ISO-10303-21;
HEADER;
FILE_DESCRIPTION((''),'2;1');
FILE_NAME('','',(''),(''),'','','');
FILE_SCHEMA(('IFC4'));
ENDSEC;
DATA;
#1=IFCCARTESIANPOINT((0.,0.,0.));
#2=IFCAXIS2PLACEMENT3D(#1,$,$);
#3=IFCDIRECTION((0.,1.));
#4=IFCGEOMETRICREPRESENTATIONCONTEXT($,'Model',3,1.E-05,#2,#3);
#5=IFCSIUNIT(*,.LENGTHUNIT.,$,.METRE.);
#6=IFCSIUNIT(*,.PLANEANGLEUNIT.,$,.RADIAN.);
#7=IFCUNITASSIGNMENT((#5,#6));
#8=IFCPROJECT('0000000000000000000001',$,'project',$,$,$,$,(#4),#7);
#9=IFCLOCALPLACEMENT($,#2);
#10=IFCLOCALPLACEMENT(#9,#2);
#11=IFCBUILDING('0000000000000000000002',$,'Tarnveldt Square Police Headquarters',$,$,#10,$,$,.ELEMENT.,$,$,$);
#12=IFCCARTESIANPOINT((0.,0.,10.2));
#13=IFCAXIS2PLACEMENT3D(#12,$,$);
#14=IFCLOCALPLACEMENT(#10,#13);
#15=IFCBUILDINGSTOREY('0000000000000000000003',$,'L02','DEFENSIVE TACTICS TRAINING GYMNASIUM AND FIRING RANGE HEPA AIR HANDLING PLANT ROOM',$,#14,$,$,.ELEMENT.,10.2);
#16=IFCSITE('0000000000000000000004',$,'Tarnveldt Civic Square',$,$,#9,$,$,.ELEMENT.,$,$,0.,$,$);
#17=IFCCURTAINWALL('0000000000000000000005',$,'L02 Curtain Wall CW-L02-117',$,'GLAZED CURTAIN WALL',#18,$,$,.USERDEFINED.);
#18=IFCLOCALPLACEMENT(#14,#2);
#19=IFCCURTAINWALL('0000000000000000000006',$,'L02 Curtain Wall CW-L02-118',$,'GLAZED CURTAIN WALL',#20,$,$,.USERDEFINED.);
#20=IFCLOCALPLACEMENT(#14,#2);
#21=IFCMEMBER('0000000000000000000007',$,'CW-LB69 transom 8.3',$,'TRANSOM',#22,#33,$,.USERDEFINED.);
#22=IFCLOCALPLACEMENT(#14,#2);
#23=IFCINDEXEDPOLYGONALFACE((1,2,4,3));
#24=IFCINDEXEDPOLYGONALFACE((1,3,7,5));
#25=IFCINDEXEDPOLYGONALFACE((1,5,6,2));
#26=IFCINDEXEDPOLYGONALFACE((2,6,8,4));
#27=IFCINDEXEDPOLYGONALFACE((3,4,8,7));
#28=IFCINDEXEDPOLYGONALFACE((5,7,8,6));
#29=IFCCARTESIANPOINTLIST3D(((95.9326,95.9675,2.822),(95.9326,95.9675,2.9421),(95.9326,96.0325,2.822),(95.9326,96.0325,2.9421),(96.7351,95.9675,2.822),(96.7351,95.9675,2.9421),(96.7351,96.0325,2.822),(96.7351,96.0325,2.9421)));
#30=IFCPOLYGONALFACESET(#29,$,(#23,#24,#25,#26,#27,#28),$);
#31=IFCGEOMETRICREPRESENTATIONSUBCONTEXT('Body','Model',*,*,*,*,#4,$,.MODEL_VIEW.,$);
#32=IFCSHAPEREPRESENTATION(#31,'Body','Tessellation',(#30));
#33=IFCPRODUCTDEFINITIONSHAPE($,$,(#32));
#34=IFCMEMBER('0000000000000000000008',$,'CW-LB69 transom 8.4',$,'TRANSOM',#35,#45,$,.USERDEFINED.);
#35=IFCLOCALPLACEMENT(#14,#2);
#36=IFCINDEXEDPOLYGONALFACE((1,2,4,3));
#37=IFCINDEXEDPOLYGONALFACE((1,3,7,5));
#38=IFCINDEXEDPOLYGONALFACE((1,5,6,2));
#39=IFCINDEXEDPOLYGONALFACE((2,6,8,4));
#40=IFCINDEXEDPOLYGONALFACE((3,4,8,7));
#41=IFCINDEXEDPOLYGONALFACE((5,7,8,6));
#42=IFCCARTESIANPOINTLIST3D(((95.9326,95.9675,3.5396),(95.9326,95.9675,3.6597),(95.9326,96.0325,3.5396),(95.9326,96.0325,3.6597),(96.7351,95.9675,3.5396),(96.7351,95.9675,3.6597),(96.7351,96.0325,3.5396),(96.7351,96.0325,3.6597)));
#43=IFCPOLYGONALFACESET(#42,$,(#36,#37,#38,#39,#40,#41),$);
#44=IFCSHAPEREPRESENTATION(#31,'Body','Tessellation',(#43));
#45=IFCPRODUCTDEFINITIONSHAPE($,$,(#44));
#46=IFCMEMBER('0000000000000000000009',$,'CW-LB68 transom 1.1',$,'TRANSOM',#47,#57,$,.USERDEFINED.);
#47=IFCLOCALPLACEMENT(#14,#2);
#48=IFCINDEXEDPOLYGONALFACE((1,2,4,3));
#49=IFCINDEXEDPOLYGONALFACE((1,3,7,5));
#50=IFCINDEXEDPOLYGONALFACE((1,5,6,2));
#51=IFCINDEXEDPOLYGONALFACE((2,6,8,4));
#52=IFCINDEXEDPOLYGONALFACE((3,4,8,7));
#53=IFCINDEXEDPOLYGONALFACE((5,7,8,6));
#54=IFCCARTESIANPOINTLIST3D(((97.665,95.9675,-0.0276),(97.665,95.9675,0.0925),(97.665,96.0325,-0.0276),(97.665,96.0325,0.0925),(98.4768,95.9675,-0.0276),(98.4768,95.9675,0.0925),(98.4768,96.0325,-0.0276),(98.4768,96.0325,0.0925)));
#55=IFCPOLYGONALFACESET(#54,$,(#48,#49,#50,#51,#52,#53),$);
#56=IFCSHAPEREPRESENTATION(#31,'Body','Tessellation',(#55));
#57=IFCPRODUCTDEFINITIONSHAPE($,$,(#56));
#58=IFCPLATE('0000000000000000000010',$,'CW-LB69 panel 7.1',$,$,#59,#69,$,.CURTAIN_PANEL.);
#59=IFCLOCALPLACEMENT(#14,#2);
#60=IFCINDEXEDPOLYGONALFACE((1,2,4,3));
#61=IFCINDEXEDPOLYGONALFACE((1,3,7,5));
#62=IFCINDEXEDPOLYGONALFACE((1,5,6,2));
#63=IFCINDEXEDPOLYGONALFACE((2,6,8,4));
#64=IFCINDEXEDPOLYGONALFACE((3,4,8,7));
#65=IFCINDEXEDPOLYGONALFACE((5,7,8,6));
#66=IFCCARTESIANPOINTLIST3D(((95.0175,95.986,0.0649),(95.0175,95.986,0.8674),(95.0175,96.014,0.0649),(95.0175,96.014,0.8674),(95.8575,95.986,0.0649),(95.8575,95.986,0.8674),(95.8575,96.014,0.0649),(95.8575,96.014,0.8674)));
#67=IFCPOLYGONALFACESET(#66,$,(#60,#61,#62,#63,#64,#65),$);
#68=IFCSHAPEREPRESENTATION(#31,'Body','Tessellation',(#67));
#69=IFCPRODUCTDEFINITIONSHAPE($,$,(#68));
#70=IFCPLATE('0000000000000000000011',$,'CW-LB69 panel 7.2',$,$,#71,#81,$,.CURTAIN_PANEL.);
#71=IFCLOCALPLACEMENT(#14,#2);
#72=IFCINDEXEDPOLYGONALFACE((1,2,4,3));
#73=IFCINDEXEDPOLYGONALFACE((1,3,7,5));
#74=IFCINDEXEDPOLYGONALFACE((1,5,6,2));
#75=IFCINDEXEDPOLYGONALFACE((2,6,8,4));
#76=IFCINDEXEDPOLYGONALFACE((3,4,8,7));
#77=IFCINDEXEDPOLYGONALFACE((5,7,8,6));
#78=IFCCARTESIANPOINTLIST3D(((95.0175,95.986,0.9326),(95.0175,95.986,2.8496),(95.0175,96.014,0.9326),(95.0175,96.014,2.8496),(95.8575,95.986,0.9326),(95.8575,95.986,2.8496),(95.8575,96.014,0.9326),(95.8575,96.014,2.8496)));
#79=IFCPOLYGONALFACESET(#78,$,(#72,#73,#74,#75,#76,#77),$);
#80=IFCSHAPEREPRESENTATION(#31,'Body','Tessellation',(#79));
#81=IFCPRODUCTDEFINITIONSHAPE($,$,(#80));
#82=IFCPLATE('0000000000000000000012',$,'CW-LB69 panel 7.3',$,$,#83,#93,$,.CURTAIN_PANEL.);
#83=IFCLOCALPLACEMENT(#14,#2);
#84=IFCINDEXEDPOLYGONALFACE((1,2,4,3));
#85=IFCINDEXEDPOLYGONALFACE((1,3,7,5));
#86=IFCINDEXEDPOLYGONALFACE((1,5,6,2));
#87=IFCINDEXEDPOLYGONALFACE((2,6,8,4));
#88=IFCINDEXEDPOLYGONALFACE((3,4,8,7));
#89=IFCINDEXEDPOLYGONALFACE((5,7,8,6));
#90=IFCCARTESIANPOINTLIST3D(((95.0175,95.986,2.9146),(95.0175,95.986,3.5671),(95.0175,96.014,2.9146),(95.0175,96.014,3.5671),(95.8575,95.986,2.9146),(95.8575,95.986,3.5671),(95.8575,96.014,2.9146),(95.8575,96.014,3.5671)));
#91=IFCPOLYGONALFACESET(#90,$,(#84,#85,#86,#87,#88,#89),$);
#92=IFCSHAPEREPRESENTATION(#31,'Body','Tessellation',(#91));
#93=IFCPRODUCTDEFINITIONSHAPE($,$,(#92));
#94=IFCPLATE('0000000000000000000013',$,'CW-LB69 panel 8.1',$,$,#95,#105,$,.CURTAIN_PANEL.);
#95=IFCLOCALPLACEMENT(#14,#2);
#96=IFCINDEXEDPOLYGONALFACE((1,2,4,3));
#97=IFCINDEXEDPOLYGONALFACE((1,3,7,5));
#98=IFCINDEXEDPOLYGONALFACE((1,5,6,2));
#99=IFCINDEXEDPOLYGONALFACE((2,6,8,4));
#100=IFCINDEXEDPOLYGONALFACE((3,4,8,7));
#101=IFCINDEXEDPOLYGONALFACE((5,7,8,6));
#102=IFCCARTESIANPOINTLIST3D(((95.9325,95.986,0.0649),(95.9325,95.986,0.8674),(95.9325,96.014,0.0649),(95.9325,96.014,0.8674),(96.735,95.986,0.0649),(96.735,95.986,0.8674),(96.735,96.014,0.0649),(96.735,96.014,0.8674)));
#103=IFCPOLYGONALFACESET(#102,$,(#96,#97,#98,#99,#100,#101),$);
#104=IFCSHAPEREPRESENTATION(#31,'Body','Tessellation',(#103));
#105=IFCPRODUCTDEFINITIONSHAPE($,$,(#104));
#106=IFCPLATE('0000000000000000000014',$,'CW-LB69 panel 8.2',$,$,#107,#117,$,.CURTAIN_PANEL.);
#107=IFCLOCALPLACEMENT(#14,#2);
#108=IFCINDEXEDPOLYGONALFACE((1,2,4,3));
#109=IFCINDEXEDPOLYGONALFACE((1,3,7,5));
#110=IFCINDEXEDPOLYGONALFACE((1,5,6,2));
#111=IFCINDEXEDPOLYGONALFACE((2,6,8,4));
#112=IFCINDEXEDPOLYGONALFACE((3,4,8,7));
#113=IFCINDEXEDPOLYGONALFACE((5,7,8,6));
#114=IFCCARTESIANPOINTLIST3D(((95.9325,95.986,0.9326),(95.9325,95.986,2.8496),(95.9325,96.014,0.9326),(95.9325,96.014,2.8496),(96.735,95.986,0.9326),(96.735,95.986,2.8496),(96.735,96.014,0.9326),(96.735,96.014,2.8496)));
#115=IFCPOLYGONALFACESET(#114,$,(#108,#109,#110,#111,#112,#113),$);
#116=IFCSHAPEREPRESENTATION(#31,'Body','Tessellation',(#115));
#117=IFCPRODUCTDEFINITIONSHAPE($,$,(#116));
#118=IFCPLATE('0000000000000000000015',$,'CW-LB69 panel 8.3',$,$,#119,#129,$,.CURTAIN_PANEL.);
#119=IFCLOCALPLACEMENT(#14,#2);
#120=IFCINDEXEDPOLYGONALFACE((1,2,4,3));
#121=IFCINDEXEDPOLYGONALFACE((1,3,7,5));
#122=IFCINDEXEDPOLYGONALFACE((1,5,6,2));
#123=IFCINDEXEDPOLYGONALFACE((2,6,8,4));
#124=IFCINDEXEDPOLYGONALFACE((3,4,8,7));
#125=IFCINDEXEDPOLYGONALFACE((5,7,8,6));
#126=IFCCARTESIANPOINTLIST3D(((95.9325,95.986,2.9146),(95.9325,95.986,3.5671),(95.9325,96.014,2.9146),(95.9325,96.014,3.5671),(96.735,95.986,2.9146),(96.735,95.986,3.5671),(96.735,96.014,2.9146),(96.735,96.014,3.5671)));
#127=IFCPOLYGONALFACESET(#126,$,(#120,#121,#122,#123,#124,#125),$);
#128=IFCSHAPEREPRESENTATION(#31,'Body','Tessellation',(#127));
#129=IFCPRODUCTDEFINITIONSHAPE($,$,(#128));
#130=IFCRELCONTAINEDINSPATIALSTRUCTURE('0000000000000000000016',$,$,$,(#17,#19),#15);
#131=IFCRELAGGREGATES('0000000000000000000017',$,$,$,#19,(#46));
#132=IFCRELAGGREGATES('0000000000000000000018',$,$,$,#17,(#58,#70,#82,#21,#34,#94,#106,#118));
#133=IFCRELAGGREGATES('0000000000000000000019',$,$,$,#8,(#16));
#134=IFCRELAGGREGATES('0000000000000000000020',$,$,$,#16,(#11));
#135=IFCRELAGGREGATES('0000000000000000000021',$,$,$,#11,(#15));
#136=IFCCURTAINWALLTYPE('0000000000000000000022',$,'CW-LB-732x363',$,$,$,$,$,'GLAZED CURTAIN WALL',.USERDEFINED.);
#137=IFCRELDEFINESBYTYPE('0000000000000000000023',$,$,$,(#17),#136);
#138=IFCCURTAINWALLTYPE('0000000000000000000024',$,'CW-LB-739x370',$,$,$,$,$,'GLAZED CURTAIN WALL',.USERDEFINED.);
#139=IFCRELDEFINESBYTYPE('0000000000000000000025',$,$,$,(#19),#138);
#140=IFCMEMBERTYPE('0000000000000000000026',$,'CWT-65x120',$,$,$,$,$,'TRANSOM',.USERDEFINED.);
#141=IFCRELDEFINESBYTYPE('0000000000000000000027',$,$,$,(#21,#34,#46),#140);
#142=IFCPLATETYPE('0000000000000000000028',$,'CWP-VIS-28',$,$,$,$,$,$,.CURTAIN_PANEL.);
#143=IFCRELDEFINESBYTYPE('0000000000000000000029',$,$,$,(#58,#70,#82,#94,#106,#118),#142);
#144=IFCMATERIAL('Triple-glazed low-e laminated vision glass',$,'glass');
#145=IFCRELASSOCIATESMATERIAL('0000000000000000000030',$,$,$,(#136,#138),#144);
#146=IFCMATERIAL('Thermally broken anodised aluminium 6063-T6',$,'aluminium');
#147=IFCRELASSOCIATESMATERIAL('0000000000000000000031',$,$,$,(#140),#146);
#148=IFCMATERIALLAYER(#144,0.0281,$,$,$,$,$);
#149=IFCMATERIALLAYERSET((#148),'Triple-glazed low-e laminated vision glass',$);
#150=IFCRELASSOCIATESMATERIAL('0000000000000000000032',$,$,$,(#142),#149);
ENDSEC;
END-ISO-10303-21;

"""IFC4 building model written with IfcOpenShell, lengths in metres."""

from ifc_helpers import new_model, si_unit, direction, frame, origin, origin_2d, place, context, subcontext, project, spatial, rectangle, extrude, material, layer, layer_set, material_profile, profile_set, type_object, element, aggregate, save


model = new_model("IFC4")

# Units and contexts
model_context = context("Model", 3, precision=1e-05, world=origin(), true_north=direction((0.0, 1.0)))
body_context = subcontext(model_context, "Body", "Model", "MODEL_VIEW")
ifc_project = project(units=[si_unit("LENGTHUNIT", "METRE"), si_unit("PLANEANGLEUNIT", "RADIAN")], contexts=[model_context])

# Site, building, storey
site_placement = place(None, origin())
site = spatial("IfcSite", under=ifc_project, at=site_placement, Name="Tarnveldt Civic Square", CompositionType="ELEMENT", RefElevation=0.0)
building_placement = place(site_placement, origin())
building = spatial("IfcBuilding", under=site, at=building_placement, Name="Tarnveldt Square Police Headquarters", CompositionType="ELEMENT")
storey_placement = place(building_placement, frame((0.0, 0.0, 10.2)))
storey = spatial("IfcBuildingStorey", under=building, at=storey_placement, Name="L02", Description="DEFENSIVE TACTICS TRAINING GYMNASIUM AND FIRING RANGE HEPA AIR HANDLING PLANT ROOM", CompositionType="ELEMENT", Elevation=10.2)

# Curtain wall
ifc_material_1 = material(Name="Triple-glazed low-e laminated vision glass", Category="glass")
curtain_wall_type_1 = type_object("IfcCurtainWallType", Name="CW-LB-732x363", ElementType="GLAZED CURTAIN WALL", PredefinedType="USERDEFINED", material=ifc_material_1)
curtain_wall_1_placement = place(storey_placement, origin())
curtain_wall_1 = element("IfcCurtainWall", 1, at=curtain_wall_1_placement, inside=storey, type_object=curtain_wall_type_1, Name="L02 Curtain Wall CW-L02-117", ObjectType="GLAZED CURTAIN WALL", PredefinedType="USERDEFINED")
ifc_material_2 = material(Name="Thermally broken anodised aluminium 6063-T6", Category="aluminium")

# Curtain wall
curtain_wall_type_2 = type_object("IfcCurtainWallType", Name="CW-LB-739x370", ElementType="GLAZED CURTAIN WALL", PredefinedType="USERDEFINED", material=ifc_material_1)
curtain_wall_2_placement = place(storey_placement, origin())
curtain_wall_2 = element("IfcCurtainWall", 2, at=curtain_wall_2_placement, inside=storey, type_object=curtain_wall_type_2, Name="L02 Curtain Wall CW-L02-118", ObjectType="GLAZED CURTAIN WALL", PredefinedType="USERDEFINED")

# Members
ifc_material_profile_1 = material_profile(ifc_material_2, rectangle(XDim=0.0649, YDim=0.1201, at=origin_2d()), Name="CW-T65x120")
ifc_profile_set_1 = profile_set([ifc_material_profile_1], Name="Thermally broken anodised aluminium 6063-T6")
member_type_1 = type_object("IfcMemberType", Name="CWT-65x120", ElementType="TRANSOM", PredefinedType="USERDEFINED", material=ifc_profile_set_1)
member_1_placement = place(storey_placement, frame((95.9326, 96.0, 2.8821), z_axis=(1.0, 0.0, 0.0), x_axis=(0.0, 1.0, 0.0)))
member_1 = element("IfcMember", 3, at=member_1_placement, type_object=member_type_1, Name="CW-LB69 transom 8.3", ObjectType="TRANSOM", PredefinedType="USERDEFINED", context=body_context, shape_type="SweptSolid", body=[
    extrude(rectangle(XDim=0.0649, YDim=0.1201, at=origin_2d()), origin(), (0.0, 0.0, 1.0), 0.8025),
])
member_2_placement = place(storey_placement, frame((95.9326, 96.0, 3.5996), z_axis=(1.0, 0.0, 0.0), x_axis=(0.0, 1.0, 0.0)))
member_2 = element("IfcMember", 4, at=member_2_placement, type_object=member_type_1, Name="CW-LB69 transom 8.4", ObjectType="TRANSOM", PredefinedType="USERDEFINED", context=body_context, shape_type="SweptSolid", body=[
    extrude(rectangle(XDim=0.0649, YDim=0.1201, at=origin_2d()), origin(), (0.0, 0.0, 1.0), 0.8025),
])
member_3_placement = place(storey_placement, frame((97.665, 96.0, 0.0325), z_axis=(1.0, 0.0, 0.0), x_axis=(0.0, 1.0, 0.0)))
member_3 = element("IfcMember", 5, at=member_3_placement, type_object=member_type_1, Name="CW-LB68 transom 1.1", ObjectType="TRANSOM", PredefinedType="USERDEFINED", context=body_context, shape_type="SweptSolid", body=[
    extrude(rectangle(XDim=0.0649, YDim=0.1201, at=origin_2d()), origin(), (0.0, 0.0, 1.0), 0.8118),
])
aggregate(curtain_wall_2, [member_3])

# Plates
ifc_layer = layer(ifc_material_1, 0.0281)
ifc_layer_set = layer_set([ifc_layer], Name="Triple-glazed low-e laminated vision glass")
plate_type = type_object("IfcPlateType", Name="CWP-VIS-28", PredefinedType="CURTAIN_PANEL", material=ifc_layer_set)
plate_1_placement = place(storey_placement, frame((95.4375, 96.0, 0.0649), z_axis=(0.0, 0.0, 1.0), x_axis=(1.0, 0.0, 0.0)))
plate_1 = element("IfcPlate", 6, at=plate_1_placement, type_object=plate_type, Name="CW-LB69 panel 7.1", PredefinedType="CURTAIN_PANEL", context=body_context, shape_type="SweptSolid", body=[
    extrude(rectangle(XDim=0.8401, YDim=0.0281, at=origin_2d()), origin(), (0.0, 0.0, 1.0), 0.8025),
])
plate_2_placement = place(storey_placement, frame((95.4375, 96.0, 0.9326), z_axis=(0.0, 0.0, 1.0), x_axis=(1.0, 0.0, 0.0)))
plate_2 = element("IfcPlate", 7, at=plate_2_placement, type_object=plate_type, Name="CW-LB69 panel 7.2", PredefinedType="CURTAIN_PANEL", context=body_context, shape_type="SweptSolid", body=[
    extrude(rectangle(XDim=0.8401, YDim=0.0281, at=origin_2d()), origin(), (0.0, 0.0, 1.0), 1.917),
])
plate_3_placement = place(storey_placement, frame((95.4375, 96.0, 2.9146), z_axis=(0.0, 0.0, 1.0), x_axis=(1.0, 0.0, 0.0)))
plate_3 = element("IfcPlate", 8, at=plate_3_placement, type_object=plate_type, Name="CW-LB69 panel 7.3", PredefinedType="CURTAIN_PANEL", context=body_context, shape_type="SweptSolid", body=[
    extrude(rectangle(XDim=0.8401, YDim=0.0281, at=origin_2d()), origin(), (0.0, 0.0, 1.0), 0.6526),
])
plate_4_placement = place(storey_placement, frame((96.3337, 96.0, 0.0649), z_axis=(0.0, 0.0, 1.0), x_axis=(1.0, 0.0, 0.0)))
plate_4 = element("IfcPlate", 9, at=plate_4_placement, type_object=plate_type, Name="CW-LB69 panel 8.1", PredefinedType="CURTAIN_PANEL", context=body_context, shape_type="SweptSolid", body=[
    extrude(rectangle(XDim=0.8025, YDim=0.0281, at=origin_2d()), origin(), (0.0, 0.0, 1.0), 0.8025),
])
plate_5_placement = place(storey_placement, frame((96.3337, 96.0, 0.9326), z_axis=(0.0, 0.0, 1.0), x_axis=(1.0, 0.0, 0.0)))
plate_5 = element("IfcPlate", 10, at=plate_5_placement, type_object=plate_type, Name="CW-LB69 panel 8.2", PredefinedType="CURTAIN_PANEL", context=body_context, shape_type="SweptSolid", body=[
    extrude(rectangle(XDim=0.8025, YDim=0.0281, at=origin_2d()), origin(), (0.0, 0.0, 1.0), 1.917),
])
plate_6_placement = place(storey_placement, frame((96.3337, 96.0, 2.9146), z_axis=(0.0, 0.0, 1.0), x_axis=(1.0, 0.0, 0.0)))
plate_6 = element("IfcPlate", 11, at=plate_6_placement, type_object=plate_type, Name="CW-LB69 panel 8.3", PredefinedType="CURTAIN_PANEL", context=body_context, shape_type="SweptSolid", body=[
    extrude(rectangle(XDim=0.8025, YDim=0.0281, at=origin_2d()), origin(), (0.0, 0.0, 1.0), 0.6526),
])
aggregate(curtain_wall_1, [plate_1, plate_2, plate_3, member_1, member_2, plate_4, plate_5, plate_6])

save(model, "model.ifc")
